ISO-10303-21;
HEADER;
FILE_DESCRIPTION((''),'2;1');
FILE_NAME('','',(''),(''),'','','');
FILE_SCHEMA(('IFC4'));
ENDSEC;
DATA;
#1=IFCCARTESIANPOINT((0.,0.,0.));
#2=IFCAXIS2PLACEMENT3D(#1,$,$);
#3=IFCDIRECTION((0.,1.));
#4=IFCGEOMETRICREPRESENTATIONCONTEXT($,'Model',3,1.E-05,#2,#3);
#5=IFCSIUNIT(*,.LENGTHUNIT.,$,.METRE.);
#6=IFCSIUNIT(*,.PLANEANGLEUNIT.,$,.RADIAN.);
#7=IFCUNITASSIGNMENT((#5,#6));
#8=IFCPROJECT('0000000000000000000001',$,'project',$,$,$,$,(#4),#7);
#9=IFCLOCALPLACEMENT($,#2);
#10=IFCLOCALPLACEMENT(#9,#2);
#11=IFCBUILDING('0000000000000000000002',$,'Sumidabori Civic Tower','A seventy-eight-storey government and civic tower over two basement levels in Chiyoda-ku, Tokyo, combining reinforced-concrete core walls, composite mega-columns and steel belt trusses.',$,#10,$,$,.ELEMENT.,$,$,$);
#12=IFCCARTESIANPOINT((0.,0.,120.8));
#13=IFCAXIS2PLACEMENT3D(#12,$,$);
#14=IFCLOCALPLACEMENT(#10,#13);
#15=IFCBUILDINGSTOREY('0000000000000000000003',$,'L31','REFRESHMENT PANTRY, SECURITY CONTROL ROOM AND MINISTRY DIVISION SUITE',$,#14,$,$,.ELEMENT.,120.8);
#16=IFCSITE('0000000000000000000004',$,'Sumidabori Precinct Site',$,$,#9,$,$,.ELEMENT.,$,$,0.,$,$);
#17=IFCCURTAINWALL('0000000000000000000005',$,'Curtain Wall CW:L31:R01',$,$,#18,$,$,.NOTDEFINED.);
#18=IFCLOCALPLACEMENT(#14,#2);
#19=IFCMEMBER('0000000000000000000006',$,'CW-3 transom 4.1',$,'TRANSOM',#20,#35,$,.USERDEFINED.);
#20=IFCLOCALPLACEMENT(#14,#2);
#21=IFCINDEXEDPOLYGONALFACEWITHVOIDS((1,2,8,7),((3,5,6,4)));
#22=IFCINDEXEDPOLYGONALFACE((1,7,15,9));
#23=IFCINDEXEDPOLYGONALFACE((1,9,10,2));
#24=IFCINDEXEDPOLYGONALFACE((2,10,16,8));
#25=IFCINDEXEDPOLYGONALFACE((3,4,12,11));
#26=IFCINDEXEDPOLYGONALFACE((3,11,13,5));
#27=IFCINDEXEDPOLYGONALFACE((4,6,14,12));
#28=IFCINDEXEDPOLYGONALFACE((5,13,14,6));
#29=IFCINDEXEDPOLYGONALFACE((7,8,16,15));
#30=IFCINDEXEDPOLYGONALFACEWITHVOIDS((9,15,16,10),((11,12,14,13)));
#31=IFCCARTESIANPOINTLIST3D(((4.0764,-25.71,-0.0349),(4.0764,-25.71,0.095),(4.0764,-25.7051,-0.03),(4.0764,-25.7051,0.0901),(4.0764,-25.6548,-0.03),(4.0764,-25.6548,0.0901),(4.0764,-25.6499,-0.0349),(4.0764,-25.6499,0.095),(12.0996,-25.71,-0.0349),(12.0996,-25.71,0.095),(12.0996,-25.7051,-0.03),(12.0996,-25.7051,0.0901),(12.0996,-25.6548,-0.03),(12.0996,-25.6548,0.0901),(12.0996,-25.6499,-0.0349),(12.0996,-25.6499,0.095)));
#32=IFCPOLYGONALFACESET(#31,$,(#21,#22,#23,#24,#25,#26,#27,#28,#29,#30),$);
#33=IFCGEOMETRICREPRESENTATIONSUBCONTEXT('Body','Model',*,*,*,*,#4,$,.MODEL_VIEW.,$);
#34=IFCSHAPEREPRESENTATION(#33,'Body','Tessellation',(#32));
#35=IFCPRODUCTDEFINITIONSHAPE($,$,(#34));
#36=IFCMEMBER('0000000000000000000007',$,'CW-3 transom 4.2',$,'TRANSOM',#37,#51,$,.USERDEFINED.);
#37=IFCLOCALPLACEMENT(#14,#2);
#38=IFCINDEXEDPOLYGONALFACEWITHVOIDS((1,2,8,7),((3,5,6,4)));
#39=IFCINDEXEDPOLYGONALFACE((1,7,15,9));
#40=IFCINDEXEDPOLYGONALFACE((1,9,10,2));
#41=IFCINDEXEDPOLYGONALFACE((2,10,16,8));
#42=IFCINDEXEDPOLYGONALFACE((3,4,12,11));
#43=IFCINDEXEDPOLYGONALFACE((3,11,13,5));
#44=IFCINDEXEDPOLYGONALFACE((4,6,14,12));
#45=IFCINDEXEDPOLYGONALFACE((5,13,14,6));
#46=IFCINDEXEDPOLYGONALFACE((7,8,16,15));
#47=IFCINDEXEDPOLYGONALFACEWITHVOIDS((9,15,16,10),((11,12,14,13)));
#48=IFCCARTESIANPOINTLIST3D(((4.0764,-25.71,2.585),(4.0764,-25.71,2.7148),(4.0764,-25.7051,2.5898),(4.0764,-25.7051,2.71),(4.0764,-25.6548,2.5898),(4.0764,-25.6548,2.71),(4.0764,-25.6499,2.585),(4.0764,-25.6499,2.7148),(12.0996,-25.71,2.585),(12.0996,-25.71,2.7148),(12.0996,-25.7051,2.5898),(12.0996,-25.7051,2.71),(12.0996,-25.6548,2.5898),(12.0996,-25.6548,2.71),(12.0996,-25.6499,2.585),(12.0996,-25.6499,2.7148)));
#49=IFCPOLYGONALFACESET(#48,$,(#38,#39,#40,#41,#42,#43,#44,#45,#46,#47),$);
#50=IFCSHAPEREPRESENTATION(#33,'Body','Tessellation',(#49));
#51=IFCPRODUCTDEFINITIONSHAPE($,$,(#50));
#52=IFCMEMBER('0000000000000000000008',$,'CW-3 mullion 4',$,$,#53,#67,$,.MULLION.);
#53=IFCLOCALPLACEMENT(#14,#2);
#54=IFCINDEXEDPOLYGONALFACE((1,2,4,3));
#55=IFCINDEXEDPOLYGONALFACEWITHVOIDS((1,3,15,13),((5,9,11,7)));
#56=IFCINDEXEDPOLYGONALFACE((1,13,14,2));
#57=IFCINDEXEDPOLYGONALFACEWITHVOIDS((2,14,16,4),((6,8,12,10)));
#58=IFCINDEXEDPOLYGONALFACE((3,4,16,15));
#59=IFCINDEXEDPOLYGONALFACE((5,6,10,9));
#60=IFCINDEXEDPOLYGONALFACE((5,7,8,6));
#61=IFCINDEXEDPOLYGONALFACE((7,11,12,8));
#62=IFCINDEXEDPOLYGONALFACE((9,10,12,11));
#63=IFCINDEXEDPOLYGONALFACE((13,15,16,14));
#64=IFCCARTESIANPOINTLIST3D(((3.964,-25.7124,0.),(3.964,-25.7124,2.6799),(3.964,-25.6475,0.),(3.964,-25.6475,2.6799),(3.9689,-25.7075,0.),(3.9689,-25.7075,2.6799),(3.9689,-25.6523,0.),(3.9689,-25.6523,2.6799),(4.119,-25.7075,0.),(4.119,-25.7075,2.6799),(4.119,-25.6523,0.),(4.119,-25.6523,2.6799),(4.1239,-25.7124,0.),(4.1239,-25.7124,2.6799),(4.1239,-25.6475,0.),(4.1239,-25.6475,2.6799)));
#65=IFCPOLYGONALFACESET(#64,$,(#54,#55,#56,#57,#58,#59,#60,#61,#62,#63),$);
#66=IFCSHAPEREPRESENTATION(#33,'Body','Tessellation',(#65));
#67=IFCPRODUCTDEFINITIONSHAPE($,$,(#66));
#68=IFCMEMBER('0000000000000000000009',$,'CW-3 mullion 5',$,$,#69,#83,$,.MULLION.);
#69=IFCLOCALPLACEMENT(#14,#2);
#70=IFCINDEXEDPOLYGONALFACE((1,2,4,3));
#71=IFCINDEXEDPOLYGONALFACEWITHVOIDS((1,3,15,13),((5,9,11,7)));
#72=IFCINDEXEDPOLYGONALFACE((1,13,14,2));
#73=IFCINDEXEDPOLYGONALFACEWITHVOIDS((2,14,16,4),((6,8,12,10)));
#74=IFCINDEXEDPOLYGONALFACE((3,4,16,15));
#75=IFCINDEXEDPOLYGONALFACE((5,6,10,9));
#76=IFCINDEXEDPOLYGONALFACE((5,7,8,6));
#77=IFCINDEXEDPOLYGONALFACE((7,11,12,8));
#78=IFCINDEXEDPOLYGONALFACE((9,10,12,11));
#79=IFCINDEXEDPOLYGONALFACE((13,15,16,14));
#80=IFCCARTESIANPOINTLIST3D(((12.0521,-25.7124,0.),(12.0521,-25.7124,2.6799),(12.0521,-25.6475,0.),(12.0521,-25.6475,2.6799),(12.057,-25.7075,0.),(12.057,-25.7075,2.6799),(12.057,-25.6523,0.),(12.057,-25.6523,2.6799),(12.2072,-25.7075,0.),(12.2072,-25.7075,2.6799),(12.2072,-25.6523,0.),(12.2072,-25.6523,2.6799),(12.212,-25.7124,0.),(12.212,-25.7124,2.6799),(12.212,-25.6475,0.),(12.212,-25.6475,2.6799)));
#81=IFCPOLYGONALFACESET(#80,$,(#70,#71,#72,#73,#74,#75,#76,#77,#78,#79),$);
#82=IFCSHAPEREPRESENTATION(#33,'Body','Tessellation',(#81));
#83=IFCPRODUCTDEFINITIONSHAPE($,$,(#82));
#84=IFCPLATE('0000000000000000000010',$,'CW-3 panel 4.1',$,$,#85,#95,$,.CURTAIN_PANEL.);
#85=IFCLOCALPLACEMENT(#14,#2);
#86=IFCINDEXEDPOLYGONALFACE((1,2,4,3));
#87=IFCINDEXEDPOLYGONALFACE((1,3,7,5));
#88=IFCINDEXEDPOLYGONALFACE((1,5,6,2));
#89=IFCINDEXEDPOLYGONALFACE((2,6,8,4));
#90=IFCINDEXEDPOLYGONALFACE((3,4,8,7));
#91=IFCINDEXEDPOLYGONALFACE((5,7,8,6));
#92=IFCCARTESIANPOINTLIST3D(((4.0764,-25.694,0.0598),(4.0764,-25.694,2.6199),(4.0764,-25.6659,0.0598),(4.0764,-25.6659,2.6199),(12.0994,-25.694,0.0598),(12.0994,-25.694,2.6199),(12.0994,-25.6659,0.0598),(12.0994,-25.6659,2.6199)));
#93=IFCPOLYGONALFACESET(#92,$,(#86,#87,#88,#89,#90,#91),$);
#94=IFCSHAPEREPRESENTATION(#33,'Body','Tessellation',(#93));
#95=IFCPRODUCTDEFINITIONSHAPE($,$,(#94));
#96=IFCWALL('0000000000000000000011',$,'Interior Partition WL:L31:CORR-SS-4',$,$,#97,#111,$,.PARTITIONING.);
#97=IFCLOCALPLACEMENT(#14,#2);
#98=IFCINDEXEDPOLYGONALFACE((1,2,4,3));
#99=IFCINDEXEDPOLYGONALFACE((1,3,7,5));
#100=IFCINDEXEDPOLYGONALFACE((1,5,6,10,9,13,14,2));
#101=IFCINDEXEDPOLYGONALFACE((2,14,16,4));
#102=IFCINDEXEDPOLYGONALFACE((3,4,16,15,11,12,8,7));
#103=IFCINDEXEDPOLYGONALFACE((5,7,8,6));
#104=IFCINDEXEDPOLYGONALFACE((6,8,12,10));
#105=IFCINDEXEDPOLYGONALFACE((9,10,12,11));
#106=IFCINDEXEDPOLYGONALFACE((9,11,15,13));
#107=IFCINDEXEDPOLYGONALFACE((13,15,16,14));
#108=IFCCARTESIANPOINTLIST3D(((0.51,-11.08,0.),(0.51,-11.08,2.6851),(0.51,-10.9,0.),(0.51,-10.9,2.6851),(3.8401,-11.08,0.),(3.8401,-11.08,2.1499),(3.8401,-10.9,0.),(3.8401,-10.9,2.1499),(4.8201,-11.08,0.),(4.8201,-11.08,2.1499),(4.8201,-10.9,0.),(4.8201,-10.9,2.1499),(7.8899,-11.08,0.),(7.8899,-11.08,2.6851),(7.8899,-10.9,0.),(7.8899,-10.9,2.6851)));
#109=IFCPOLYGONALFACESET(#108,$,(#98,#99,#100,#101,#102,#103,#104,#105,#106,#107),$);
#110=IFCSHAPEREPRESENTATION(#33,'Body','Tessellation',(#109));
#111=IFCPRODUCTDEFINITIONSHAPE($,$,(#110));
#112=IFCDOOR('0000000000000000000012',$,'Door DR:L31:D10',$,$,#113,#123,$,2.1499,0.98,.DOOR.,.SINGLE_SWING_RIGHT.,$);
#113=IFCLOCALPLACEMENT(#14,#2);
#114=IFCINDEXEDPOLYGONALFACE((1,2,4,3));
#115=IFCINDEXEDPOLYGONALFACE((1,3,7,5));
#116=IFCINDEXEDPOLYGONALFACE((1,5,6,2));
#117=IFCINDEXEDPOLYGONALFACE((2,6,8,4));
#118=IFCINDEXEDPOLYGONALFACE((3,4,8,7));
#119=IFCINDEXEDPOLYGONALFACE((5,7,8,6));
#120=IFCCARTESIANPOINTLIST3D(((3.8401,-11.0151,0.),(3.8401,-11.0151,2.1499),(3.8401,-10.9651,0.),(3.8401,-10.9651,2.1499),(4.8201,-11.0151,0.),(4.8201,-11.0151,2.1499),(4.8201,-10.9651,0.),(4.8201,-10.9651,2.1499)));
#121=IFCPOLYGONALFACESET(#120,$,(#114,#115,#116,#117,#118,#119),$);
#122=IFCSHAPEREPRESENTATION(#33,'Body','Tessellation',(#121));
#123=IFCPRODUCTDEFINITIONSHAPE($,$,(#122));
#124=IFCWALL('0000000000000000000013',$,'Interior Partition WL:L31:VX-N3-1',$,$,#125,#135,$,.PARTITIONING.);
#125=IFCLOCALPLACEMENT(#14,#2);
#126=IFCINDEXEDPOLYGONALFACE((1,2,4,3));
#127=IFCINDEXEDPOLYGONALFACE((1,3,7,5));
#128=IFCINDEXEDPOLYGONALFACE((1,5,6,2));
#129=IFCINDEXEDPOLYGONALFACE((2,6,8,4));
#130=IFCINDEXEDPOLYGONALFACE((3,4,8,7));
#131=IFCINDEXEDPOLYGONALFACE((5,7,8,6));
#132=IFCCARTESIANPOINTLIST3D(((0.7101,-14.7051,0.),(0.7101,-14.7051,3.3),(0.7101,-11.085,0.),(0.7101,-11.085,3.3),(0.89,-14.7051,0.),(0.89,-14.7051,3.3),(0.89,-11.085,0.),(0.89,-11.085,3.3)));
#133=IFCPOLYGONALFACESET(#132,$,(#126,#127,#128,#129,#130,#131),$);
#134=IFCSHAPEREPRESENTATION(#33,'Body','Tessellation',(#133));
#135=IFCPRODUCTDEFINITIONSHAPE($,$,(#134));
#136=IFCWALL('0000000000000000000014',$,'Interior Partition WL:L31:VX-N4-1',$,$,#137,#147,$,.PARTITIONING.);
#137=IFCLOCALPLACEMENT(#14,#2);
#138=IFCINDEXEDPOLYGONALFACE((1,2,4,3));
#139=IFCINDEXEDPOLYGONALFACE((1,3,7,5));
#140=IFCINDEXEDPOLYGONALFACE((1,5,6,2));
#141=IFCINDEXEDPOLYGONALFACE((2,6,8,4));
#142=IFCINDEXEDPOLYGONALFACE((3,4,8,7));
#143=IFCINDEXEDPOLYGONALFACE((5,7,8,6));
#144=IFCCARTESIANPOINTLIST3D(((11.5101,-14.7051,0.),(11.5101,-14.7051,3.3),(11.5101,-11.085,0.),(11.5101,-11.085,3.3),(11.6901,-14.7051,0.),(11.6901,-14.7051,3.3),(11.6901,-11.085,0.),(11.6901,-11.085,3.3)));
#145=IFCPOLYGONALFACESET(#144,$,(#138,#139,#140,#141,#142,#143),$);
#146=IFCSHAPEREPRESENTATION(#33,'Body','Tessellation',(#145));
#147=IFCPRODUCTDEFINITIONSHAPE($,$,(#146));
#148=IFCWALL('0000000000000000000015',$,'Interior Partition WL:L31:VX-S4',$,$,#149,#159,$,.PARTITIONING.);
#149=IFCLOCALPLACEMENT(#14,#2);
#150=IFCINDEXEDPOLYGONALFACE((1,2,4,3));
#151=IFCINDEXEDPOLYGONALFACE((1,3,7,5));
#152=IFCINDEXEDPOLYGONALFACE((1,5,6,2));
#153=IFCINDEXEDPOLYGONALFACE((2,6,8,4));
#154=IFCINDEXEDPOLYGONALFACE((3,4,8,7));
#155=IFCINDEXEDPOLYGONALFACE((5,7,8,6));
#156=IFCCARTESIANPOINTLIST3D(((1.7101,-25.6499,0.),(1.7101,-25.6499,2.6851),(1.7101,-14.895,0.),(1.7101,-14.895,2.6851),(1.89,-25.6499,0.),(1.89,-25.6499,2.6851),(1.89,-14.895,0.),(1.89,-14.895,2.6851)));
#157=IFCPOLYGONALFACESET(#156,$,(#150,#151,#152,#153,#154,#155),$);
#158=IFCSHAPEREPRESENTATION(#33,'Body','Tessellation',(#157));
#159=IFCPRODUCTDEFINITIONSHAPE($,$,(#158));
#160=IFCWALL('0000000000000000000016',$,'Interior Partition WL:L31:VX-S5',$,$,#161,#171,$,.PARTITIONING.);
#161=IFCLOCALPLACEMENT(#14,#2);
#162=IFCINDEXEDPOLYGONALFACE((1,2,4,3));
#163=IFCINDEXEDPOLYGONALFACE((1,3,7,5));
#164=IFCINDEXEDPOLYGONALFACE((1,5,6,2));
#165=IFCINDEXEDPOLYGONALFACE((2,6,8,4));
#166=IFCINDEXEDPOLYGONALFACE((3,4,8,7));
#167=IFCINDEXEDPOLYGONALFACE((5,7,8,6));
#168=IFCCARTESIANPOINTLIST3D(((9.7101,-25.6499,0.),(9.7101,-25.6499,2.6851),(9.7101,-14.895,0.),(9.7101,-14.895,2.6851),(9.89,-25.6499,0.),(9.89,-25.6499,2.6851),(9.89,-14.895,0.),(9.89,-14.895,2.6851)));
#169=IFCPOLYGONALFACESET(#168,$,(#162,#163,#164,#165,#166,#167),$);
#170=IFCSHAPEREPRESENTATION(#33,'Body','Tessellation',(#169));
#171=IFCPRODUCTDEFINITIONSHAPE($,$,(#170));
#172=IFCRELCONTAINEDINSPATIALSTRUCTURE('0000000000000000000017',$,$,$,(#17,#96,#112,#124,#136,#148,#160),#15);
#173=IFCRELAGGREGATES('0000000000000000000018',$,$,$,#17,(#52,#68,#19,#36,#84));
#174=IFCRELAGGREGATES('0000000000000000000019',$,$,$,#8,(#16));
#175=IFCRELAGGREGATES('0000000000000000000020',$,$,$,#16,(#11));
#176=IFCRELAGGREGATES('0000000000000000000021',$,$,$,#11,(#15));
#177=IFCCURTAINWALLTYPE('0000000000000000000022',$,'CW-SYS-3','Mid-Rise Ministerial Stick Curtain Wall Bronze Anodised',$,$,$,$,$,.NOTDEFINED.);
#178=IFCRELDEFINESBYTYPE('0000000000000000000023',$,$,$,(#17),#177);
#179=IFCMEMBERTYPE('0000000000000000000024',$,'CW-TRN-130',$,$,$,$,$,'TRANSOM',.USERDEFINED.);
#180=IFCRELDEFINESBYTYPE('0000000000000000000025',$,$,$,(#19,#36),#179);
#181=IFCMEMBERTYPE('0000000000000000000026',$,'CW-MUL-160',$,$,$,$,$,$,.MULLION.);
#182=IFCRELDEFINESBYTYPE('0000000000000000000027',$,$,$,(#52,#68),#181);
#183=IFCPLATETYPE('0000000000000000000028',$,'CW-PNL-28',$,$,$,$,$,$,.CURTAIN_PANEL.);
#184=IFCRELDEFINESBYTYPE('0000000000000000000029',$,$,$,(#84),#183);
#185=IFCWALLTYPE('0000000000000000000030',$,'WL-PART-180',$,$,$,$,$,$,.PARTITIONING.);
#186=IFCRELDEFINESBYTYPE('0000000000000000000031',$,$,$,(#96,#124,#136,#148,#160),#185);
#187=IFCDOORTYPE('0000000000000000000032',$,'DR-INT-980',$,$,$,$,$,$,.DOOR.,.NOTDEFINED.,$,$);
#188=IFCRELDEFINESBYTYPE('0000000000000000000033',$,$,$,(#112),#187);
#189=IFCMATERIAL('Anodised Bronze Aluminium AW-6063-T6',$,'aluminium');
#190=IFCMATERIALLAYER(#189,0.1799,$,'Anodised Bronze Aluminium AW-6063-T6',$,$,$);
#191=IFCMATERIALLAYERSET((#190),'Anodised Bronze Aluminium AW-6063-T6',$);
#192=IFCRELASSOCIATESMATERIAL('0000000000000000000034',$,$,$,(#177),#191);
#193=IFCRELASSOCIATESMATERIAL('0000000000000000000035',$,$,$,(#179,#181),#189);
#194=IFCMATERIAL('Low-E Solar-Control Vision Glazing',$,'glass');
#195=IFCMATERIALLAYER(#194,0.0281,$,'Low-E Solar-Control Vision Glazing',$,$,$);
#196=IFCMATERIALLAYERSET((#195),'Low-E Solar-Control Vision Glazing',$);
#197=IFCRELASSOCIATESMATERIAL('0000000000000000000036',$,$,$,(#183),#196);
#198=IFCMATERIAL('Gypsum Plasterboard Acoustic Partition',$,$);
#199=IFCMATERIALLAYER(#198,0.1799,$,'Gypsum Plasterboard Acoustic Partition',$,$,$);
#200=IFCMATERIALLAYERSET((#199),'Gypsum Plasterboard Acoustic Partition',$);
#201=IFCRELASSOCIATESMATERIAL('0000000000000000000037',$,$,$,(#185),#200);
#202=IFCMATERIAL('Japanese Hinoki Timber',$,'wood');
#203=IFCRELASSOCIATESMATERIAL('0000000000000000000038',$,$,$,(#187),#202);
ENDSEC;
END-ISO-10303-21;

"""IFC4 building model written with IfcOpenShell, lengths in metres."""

from ifc_helpers import new_model, si_unit, direction, frame, frame_2d, origin, origin_2d, place, context, subcontext, project, spatial, rectangle, hollow_rectangle, extrude, source, transform, mapped, material, layer, layer_set, material_profile, profile_set, type_object, element, fill, aggregate, save


model = new_model("IFC4")

# Units and contexts
model_context = context("Model", 3, precision=1e-05, world=origin(), true_north=direction((0.0, 1.0)))
body_context = subcontext(model_context, "Body", "Model", "MODEL_VIEW")
ifc_project = project(units=[si_unit("LENGTHUNIT", "METRE"), si_unit("PLANEANGLEUNIT", "RADIAN")], contexts=[model_context])

# Site, building, storey
site_placement = place(None, origin())
site = spatial("IfcSite", under=ifc_project, at=site_placement, Name="Sumidabori Precinct Site", CompositionType="ELEMENT", RefElevation=0.0)
building_placement = place(site_placement, origin())
building = spatial("IfcBuilding", under=site, at=building_placement, Name="Sumidabori Civic Tower", Description="A seventy-eight-storey government and civic tower over two basement levels in Chiyoda-ku, Tokyo, combining reinforced-concrete core walls, composite mega-columns and steel belt trusses.", CompositionType="ELEMENT")
storey_placement = place(building_placement, frame((0.0, 0.0, 120.8)))
storey = spatial("IfcBuildingStorey", under=building, at=storey_placement, Name="L31", Description="REFRESHMENT PANTRY, SECURITY CONTROL ROOM AND MINISTRY DIVISION SUITE", CompositionType="ELEMENT", Elevation=120.8)

# Curtain wall, members, plate
ifc_material_1 = material(Name="Anodised Bronze Aluminium AW-6063-T6", Category="aluminium")
ifc_layer_1 = layer(ifc_material_1, 0.1799, Name="Anodised Bronze Aluminium AW-6063-T6")
ifc_layer_set_1 = layer_set([ifc_layer_1], Name="Anodised Bronze Aluminium AW-6063-T6")
curtain_wall_type = type_object("IfcCurtainWallType", Name="CW-SYS-3", Description="Mid-Rise Ministerial Stick Curtain Wall Bronze Anodised", PredefinedType="NOTDEFINED", material=ifc_layer_set_1)
curtain_wall_placement = place(storey_placement, origin())
curtain_wall = element("IfcCurtainWall", 1, at=curtain_wall_placement, inside=storey, type_object=curtain_wall_type, Name="Curtain Wall CW:L31:R01", PredefinedType="NOTDEFINED")
ifc_material_profile_1 = material_profile(ifc_material_1, hollow_rectangle(XDim=0.0601, YDim=0.1299, WallThickness=0.0049, at=origin_2d()), Name="ALU TRANSOM 130x60")
ifc_profile_set_1 = profile_set([ifc_material_profile_1], Name="Anodised Bronze Aluminium AW-6063-T6")
member_type_1 = type_object("IfcMemberType", Name="CW-TRN-130", ElementType="TRANSOM", PredefinedType="USERDEFINED", material=ifc_profile_set_1)
shared_shape_1 = source(origin(), body_context, "Body", "SweptSolid", [
    extrude(hollow_rectangle(XDim=0.0601, YDim=0.1299, WallThickness=0.0049, at=origin_2d()), origin(), (0.0, 0.0, 1.0), 8.0232),
])
member_1_placement = place(storey_placement, frame((4.0764, -25.6799, 0.03), z_axis=(1.0, 0.0, 0.0), x_axis=(0.0, 1.0, 0.0)))
member_1 = element("IfcMember", 2, at=member_1_placement, type_object=member_type_1, Name="CW-3 transom 4.1", ObjectType="TRANSOM", PredefinedType="USERDEFINED", context=body_context, shape_type="MappedRepresentation", body=[
    mapped(shared_shape_1, transform((0.0, 0.0, 0.0), x_axis=(1.0, 0.0, 0.0), y_axis=(0.0, 1.0, 0.0), z_axis=(0.0, 0.0, 1.0), scale=1.0)),
])
member_2_placement = place(storey_placement, frame((4.0764, -25.6799, 2.6499), z_axis=(1.0, 0.0, 0.0), x_axis=(0.0, 1.0, 0.0)))
member_2 = element("IfcMember", 3, at=member_2_placement, type_object=member_type_1, Name="CW-3 transom 4.2", ObjectType="TRANSOM", PredefinedType="USERDEFINED", context=body_context, shape_type="MappedRepresentation", body=[
    mapped(shared_shape_1, transform((0.0, 0.0, 0.0), x_axis=(1.0, 0.0, 0.0), y_axis=(0.0, 1.0, 0.0), z_axis=(0.0, 0.0, 1.0), scale=1.0)),
])
ifc_material_profile_2 = material_profile(ifc_material_1, hollow_rectangle(XDim=0.0649, YDim=0.1599, WallThickness=0.0049, at=origin_2d()), Name="ALU MULLION 160x65")
ifc_profile_set_2 = profile_set([ifc_material_profile_2], Name="Anodised Bronze Aluminium AW-6063-T6")
member_type_2 = type_object("IfcMemberType", Name="CW-MUL-160", PredefinedType="MULLION", material=ifc_profile_set_2)
shared_shape_2 = source(origin(), body_context, "Body", "SweptSolid", [
    extrude(hollow_rectangle(XDim=0.0649, YDim=0.1599, WallThickness=0.0049, at=origin_2d()), origin(), (0.0, 0.0, 1.0), 2.6799),
])
member_3_placement = place(storey_placement, frame((4.0439, -25.6799, 0.0), z_axis=(0.0, 0.0, 1.0), x_axis=(0.0, 1.0, 0.0)))
member_3 = element("IfcMember", 4, at=member_3_placement, type_object=member_type_2, Name="CW-3 mullion 4", PredefinedType="MULLION", context=body_context, shape_type="MappedRepresentation", body=[
    mapped(shared_shape_2, transform((0.0, 0.0, 0.0), x_axis=(1.0, 0.0, 0.0), y_axis=(0.0, 1.0, 0.0), z_axis=(0.0, 0.0, 1.0), scale=1.0)),
])
member_4_placement = place(storey_placement, frame((12.1321, -25.6799, 0.0), z_axis=(0.0, 0.0, 1.0), x_axis=(0.0, 1.0, 0.0)))
member_4 = element("IfcMember", 5, at=member_4_placement, type_object=member_type_2, Name="CW-3 mullion 5", PredefinedType="MULLION", context=body_context, shape_type="MappedRepresentation", body=[
    mapped(shared_shape_2, transform((0.0, 0.0, 0.0), x_axis=(1.0, 0.0, 0.0), y_axis=(0.0, 1.0, 0.0), z_axis=(0.0, 0.0, 1.0), scale=1.0)),
])
ifc_material_2 = material(Name="Low-E Solar-Control Vision Glazing", Category="glass")
ifc_layer_2 = layer(ifc_material_2, 0.0281, Name="Low-E Solar-Control Vision Glazing")
ifc_layer_set_2 = layer_set([ifc_layer_2], Name="Low-E Solar-Control Vision Glazing")
plate_type = type_object("IfcPlateType", Name="CW-PNL-28", PredefinedType="CURTAIN_PANEL", material=ifc_layer_set_2)
shared_shape_3 = source(origin(), body_context, "Body", "SweptSolid", [
    extrude(rectangle(XDim=8.0229, YDim=0.0281, at=origin_2d()), origin(), (0.0, 0.0, 1.0), 2.5601),
])
plate_placement = place(storey_placement, frame((8.0879, -25.6799, 0.0598), z_axis=(0.0, 0.0, 1.0), x_axis=(1.0, 0.0, 0.0)))
plate = element("IfcPlate", 6, at=plate_placement, type_object=plate_type, Name="CW-3 panel 4.1", PredefinedType="CURTAIN_PANEL", context=body_context, shape_type="MappedRepresentation", body=[
    mapped(shared_shape_3, transform((0.0, 0.0, 0.0), x_axis=(1.0, 0.0, 0.0), y_axis=(0.0, 1.0, 0.0), z_axis=(0.0, 0.0, 1.0), scale=1.0)),
])
aggregate(curtain_wall, [member_3, member_4, member_1, member_2, plate])

# Wall, opening, door
ifc_material_3 = material(Name="Gypsum Plasterboard Acoustic Partition")
ifc_layer_3 = layer(ifc_material_3, 0.1799, Name="Gypsum Plasterboard Acoustic Partition")
ifc_layer_set_3 = layer_set([ifc_layer_3], Name="Gypsum Plasterboard Acoustic Partition")
wall_type = type_object("IfcWallType", Name="WL-PART-180", PredefinedType="PARTITIONING", material=ifc_layer_set_3)
shared_shape_4 = source(origin(), body_context, "Body", "SweptSolid", [
    extrude(rectangle(XDim=7.3799, YDim=0.1799, at=frame_2d((3.6899, 0.0))), origin(), (0.0, 0.0, 1.0), 2.6851),
])
wall_placement = place(storey_placement, frame((0.51, -10.99, 0.0), z_axis=(0.0, 0.0, 1.0), x_axis=(1.0, 0.0, 0.0)))
wall = element("IfcWall", 7, at=wall_placement, inside=storey, type_object=wall_type, Name="Interior Partition WL:L31:CORR-SS-4", PredefinedType="PARTITIONING", context=body_context, shape_type="MappedRepresentation", body=[
    mapped(shared_shape_4, transform((0.0, 0.0, 0.0), x_axis=(1.0, 0.0, 0.0), y_axis=(0.0, 1.0, 0.0), z_axis=(0.0, 0.0, 1.0), scale=1.0)),
])
opening_placement = place(wall_placement, frame((3.3301, 0.0, 0.0)))
opening = element("IfcOpeningElement", 8, at=opening_placement, cuts=wall, PredefinedType="OPENING", context=body_context, shape_type="SweptSolid", body=[
    extrude(rectangle(XDim=0.98, YDim=2.1499, at=frame_2d((0.49, 1.075))), frame((0.0, 0.1021, 0.0), z_axis=(0.0, -1.0, 0.0), x_axis=(1.0, 0.0, 0.0)), (0.0, 0.0, 1.0), 0.2039),
])
ifc_material_4 = material(Name="Japanese Hinoki Timber", Category="wood")
door_type = type_object("IfcDoorType", Name="DR-INT-980", OperationType="NOTDEFINED", PredefinedType="DOOR", material=ifc_material_4)
shared_shape_5 = source(origin(), body_context, "Body", "SweptSolid", [
    extrude(rectangle(XDim=0.98, YDim=2.1499, at=frame_2d((0.49, 1.075))), frame((0.0, 0.0249, 0.0), z_axis=(0.0, -1.0, 0.0), x_axis=(1.0, 0.0, 0.0)), (0.0, 0.0, 1.0), 0.05),
])
door_placement = place(opening_placement, origin())
door = element("IfcDoor", 9, at=door_placement, inside=storey, type_object=door_type, Name="Door DR:L31:D10", OperationType="SINGLE_SWING_RIGHT", OverallHeight=2.1499, OverallWidth=0.98, PredefinedType="DOOR", context=body_context, shape_type="MappedRepresentation", body=[
    mapped(shared_shape_5, transform((0.0, 0.0, 0.0), x_axis=(1.0, 0.0, 0.0), y_axis=(0.0, 1.0, 0.0), z_axis=(0.0, 0.0, 1.0), scale=1.0)),
])
fill(opening, door)

# Walls
shared_shape_6 = source(origin(), body_context, "Body", "SweptSolid", [
    extrude(rectangle(XDim=3.6201, YDim=0.1799, at=frame_2d((1.8101, 0.0))), origin(), (0.0, 0.0, 1.0), 3.3),
])
for number, where, z_axis, x_axis, name in (
    (10, (0.8, -14.7051, 0.0), (0.0, 0.0, 1.0), (0.0, 1.0, 0.0), "Interior Partition WL:L31:VX-N3-1"),
    (11, (11.6001, -14.7051, 0.0), (0.0, 0.0, 1.0), (0.0, 1.0, 0.0), "Interior Partition WL:L31:VX-N4-1"),
):
    element("IfcWall", number, at=place(storey_placement, frame(where, z_axis=z_axis, x_axis=x_axis)), inside=storey, type_object=wall_type, Name=name, PredefinedType="PARTITIONING", context=body_context, shape_type="MappedRepresentation", body=[
        mapped(shared_shape_6, transform((0.0, 0.0, 0.0), x_axis=(1.0, 0.0, 0.0), y_axis=(0.0, 1.0, 0.0), z_axis=(0.0, 0.0, 1.0), scale=1.0)),
    ])
shared_shape_7 = source(origin(), body_context, "Body", "SweptSolid", [
    extrude(rectangle(XDim=10.7549, YDim=0.1799, at=frame_2d((5.3774, 0.0))), origin(), (0.0, 0.0, 1.0), 2.6851),
])
for number, where, z_axis, x_axis, name in (
    (12, (1.8, -25.6499, 0.0), (0.0, 0.0, 1.0), (0.0, 1.0, 0.0), "Interior Partition WL:L31:VX-S4"),
    (13, (9.8, -25.6499, 0.0), (0.0, 0.0, 1.0), (0.0, 1.0, 0.0), "Interior Partition WL:L31:VX-S5"),
):
    element("IfcWall", number, at=place(storey_placement, frame(where, z_axis=z_axis, x_axis=x_axis)), inside=storey, type_object=wall_type, Name=name, PredefinedType="PARTITIONING", context=body_context, shape_type="MappedRepresentation", body=[
        mapped(shared_shape_7, transform((0.0, 0.0, 0.0), x_axis=(1.0, 0.0, 0.0), y_axis=(0.0, 1.0, 0.0), z_axis=(0.0, 0.0, 1.0), scale=1.0)),
    ])

save(model, "model.ifc")
